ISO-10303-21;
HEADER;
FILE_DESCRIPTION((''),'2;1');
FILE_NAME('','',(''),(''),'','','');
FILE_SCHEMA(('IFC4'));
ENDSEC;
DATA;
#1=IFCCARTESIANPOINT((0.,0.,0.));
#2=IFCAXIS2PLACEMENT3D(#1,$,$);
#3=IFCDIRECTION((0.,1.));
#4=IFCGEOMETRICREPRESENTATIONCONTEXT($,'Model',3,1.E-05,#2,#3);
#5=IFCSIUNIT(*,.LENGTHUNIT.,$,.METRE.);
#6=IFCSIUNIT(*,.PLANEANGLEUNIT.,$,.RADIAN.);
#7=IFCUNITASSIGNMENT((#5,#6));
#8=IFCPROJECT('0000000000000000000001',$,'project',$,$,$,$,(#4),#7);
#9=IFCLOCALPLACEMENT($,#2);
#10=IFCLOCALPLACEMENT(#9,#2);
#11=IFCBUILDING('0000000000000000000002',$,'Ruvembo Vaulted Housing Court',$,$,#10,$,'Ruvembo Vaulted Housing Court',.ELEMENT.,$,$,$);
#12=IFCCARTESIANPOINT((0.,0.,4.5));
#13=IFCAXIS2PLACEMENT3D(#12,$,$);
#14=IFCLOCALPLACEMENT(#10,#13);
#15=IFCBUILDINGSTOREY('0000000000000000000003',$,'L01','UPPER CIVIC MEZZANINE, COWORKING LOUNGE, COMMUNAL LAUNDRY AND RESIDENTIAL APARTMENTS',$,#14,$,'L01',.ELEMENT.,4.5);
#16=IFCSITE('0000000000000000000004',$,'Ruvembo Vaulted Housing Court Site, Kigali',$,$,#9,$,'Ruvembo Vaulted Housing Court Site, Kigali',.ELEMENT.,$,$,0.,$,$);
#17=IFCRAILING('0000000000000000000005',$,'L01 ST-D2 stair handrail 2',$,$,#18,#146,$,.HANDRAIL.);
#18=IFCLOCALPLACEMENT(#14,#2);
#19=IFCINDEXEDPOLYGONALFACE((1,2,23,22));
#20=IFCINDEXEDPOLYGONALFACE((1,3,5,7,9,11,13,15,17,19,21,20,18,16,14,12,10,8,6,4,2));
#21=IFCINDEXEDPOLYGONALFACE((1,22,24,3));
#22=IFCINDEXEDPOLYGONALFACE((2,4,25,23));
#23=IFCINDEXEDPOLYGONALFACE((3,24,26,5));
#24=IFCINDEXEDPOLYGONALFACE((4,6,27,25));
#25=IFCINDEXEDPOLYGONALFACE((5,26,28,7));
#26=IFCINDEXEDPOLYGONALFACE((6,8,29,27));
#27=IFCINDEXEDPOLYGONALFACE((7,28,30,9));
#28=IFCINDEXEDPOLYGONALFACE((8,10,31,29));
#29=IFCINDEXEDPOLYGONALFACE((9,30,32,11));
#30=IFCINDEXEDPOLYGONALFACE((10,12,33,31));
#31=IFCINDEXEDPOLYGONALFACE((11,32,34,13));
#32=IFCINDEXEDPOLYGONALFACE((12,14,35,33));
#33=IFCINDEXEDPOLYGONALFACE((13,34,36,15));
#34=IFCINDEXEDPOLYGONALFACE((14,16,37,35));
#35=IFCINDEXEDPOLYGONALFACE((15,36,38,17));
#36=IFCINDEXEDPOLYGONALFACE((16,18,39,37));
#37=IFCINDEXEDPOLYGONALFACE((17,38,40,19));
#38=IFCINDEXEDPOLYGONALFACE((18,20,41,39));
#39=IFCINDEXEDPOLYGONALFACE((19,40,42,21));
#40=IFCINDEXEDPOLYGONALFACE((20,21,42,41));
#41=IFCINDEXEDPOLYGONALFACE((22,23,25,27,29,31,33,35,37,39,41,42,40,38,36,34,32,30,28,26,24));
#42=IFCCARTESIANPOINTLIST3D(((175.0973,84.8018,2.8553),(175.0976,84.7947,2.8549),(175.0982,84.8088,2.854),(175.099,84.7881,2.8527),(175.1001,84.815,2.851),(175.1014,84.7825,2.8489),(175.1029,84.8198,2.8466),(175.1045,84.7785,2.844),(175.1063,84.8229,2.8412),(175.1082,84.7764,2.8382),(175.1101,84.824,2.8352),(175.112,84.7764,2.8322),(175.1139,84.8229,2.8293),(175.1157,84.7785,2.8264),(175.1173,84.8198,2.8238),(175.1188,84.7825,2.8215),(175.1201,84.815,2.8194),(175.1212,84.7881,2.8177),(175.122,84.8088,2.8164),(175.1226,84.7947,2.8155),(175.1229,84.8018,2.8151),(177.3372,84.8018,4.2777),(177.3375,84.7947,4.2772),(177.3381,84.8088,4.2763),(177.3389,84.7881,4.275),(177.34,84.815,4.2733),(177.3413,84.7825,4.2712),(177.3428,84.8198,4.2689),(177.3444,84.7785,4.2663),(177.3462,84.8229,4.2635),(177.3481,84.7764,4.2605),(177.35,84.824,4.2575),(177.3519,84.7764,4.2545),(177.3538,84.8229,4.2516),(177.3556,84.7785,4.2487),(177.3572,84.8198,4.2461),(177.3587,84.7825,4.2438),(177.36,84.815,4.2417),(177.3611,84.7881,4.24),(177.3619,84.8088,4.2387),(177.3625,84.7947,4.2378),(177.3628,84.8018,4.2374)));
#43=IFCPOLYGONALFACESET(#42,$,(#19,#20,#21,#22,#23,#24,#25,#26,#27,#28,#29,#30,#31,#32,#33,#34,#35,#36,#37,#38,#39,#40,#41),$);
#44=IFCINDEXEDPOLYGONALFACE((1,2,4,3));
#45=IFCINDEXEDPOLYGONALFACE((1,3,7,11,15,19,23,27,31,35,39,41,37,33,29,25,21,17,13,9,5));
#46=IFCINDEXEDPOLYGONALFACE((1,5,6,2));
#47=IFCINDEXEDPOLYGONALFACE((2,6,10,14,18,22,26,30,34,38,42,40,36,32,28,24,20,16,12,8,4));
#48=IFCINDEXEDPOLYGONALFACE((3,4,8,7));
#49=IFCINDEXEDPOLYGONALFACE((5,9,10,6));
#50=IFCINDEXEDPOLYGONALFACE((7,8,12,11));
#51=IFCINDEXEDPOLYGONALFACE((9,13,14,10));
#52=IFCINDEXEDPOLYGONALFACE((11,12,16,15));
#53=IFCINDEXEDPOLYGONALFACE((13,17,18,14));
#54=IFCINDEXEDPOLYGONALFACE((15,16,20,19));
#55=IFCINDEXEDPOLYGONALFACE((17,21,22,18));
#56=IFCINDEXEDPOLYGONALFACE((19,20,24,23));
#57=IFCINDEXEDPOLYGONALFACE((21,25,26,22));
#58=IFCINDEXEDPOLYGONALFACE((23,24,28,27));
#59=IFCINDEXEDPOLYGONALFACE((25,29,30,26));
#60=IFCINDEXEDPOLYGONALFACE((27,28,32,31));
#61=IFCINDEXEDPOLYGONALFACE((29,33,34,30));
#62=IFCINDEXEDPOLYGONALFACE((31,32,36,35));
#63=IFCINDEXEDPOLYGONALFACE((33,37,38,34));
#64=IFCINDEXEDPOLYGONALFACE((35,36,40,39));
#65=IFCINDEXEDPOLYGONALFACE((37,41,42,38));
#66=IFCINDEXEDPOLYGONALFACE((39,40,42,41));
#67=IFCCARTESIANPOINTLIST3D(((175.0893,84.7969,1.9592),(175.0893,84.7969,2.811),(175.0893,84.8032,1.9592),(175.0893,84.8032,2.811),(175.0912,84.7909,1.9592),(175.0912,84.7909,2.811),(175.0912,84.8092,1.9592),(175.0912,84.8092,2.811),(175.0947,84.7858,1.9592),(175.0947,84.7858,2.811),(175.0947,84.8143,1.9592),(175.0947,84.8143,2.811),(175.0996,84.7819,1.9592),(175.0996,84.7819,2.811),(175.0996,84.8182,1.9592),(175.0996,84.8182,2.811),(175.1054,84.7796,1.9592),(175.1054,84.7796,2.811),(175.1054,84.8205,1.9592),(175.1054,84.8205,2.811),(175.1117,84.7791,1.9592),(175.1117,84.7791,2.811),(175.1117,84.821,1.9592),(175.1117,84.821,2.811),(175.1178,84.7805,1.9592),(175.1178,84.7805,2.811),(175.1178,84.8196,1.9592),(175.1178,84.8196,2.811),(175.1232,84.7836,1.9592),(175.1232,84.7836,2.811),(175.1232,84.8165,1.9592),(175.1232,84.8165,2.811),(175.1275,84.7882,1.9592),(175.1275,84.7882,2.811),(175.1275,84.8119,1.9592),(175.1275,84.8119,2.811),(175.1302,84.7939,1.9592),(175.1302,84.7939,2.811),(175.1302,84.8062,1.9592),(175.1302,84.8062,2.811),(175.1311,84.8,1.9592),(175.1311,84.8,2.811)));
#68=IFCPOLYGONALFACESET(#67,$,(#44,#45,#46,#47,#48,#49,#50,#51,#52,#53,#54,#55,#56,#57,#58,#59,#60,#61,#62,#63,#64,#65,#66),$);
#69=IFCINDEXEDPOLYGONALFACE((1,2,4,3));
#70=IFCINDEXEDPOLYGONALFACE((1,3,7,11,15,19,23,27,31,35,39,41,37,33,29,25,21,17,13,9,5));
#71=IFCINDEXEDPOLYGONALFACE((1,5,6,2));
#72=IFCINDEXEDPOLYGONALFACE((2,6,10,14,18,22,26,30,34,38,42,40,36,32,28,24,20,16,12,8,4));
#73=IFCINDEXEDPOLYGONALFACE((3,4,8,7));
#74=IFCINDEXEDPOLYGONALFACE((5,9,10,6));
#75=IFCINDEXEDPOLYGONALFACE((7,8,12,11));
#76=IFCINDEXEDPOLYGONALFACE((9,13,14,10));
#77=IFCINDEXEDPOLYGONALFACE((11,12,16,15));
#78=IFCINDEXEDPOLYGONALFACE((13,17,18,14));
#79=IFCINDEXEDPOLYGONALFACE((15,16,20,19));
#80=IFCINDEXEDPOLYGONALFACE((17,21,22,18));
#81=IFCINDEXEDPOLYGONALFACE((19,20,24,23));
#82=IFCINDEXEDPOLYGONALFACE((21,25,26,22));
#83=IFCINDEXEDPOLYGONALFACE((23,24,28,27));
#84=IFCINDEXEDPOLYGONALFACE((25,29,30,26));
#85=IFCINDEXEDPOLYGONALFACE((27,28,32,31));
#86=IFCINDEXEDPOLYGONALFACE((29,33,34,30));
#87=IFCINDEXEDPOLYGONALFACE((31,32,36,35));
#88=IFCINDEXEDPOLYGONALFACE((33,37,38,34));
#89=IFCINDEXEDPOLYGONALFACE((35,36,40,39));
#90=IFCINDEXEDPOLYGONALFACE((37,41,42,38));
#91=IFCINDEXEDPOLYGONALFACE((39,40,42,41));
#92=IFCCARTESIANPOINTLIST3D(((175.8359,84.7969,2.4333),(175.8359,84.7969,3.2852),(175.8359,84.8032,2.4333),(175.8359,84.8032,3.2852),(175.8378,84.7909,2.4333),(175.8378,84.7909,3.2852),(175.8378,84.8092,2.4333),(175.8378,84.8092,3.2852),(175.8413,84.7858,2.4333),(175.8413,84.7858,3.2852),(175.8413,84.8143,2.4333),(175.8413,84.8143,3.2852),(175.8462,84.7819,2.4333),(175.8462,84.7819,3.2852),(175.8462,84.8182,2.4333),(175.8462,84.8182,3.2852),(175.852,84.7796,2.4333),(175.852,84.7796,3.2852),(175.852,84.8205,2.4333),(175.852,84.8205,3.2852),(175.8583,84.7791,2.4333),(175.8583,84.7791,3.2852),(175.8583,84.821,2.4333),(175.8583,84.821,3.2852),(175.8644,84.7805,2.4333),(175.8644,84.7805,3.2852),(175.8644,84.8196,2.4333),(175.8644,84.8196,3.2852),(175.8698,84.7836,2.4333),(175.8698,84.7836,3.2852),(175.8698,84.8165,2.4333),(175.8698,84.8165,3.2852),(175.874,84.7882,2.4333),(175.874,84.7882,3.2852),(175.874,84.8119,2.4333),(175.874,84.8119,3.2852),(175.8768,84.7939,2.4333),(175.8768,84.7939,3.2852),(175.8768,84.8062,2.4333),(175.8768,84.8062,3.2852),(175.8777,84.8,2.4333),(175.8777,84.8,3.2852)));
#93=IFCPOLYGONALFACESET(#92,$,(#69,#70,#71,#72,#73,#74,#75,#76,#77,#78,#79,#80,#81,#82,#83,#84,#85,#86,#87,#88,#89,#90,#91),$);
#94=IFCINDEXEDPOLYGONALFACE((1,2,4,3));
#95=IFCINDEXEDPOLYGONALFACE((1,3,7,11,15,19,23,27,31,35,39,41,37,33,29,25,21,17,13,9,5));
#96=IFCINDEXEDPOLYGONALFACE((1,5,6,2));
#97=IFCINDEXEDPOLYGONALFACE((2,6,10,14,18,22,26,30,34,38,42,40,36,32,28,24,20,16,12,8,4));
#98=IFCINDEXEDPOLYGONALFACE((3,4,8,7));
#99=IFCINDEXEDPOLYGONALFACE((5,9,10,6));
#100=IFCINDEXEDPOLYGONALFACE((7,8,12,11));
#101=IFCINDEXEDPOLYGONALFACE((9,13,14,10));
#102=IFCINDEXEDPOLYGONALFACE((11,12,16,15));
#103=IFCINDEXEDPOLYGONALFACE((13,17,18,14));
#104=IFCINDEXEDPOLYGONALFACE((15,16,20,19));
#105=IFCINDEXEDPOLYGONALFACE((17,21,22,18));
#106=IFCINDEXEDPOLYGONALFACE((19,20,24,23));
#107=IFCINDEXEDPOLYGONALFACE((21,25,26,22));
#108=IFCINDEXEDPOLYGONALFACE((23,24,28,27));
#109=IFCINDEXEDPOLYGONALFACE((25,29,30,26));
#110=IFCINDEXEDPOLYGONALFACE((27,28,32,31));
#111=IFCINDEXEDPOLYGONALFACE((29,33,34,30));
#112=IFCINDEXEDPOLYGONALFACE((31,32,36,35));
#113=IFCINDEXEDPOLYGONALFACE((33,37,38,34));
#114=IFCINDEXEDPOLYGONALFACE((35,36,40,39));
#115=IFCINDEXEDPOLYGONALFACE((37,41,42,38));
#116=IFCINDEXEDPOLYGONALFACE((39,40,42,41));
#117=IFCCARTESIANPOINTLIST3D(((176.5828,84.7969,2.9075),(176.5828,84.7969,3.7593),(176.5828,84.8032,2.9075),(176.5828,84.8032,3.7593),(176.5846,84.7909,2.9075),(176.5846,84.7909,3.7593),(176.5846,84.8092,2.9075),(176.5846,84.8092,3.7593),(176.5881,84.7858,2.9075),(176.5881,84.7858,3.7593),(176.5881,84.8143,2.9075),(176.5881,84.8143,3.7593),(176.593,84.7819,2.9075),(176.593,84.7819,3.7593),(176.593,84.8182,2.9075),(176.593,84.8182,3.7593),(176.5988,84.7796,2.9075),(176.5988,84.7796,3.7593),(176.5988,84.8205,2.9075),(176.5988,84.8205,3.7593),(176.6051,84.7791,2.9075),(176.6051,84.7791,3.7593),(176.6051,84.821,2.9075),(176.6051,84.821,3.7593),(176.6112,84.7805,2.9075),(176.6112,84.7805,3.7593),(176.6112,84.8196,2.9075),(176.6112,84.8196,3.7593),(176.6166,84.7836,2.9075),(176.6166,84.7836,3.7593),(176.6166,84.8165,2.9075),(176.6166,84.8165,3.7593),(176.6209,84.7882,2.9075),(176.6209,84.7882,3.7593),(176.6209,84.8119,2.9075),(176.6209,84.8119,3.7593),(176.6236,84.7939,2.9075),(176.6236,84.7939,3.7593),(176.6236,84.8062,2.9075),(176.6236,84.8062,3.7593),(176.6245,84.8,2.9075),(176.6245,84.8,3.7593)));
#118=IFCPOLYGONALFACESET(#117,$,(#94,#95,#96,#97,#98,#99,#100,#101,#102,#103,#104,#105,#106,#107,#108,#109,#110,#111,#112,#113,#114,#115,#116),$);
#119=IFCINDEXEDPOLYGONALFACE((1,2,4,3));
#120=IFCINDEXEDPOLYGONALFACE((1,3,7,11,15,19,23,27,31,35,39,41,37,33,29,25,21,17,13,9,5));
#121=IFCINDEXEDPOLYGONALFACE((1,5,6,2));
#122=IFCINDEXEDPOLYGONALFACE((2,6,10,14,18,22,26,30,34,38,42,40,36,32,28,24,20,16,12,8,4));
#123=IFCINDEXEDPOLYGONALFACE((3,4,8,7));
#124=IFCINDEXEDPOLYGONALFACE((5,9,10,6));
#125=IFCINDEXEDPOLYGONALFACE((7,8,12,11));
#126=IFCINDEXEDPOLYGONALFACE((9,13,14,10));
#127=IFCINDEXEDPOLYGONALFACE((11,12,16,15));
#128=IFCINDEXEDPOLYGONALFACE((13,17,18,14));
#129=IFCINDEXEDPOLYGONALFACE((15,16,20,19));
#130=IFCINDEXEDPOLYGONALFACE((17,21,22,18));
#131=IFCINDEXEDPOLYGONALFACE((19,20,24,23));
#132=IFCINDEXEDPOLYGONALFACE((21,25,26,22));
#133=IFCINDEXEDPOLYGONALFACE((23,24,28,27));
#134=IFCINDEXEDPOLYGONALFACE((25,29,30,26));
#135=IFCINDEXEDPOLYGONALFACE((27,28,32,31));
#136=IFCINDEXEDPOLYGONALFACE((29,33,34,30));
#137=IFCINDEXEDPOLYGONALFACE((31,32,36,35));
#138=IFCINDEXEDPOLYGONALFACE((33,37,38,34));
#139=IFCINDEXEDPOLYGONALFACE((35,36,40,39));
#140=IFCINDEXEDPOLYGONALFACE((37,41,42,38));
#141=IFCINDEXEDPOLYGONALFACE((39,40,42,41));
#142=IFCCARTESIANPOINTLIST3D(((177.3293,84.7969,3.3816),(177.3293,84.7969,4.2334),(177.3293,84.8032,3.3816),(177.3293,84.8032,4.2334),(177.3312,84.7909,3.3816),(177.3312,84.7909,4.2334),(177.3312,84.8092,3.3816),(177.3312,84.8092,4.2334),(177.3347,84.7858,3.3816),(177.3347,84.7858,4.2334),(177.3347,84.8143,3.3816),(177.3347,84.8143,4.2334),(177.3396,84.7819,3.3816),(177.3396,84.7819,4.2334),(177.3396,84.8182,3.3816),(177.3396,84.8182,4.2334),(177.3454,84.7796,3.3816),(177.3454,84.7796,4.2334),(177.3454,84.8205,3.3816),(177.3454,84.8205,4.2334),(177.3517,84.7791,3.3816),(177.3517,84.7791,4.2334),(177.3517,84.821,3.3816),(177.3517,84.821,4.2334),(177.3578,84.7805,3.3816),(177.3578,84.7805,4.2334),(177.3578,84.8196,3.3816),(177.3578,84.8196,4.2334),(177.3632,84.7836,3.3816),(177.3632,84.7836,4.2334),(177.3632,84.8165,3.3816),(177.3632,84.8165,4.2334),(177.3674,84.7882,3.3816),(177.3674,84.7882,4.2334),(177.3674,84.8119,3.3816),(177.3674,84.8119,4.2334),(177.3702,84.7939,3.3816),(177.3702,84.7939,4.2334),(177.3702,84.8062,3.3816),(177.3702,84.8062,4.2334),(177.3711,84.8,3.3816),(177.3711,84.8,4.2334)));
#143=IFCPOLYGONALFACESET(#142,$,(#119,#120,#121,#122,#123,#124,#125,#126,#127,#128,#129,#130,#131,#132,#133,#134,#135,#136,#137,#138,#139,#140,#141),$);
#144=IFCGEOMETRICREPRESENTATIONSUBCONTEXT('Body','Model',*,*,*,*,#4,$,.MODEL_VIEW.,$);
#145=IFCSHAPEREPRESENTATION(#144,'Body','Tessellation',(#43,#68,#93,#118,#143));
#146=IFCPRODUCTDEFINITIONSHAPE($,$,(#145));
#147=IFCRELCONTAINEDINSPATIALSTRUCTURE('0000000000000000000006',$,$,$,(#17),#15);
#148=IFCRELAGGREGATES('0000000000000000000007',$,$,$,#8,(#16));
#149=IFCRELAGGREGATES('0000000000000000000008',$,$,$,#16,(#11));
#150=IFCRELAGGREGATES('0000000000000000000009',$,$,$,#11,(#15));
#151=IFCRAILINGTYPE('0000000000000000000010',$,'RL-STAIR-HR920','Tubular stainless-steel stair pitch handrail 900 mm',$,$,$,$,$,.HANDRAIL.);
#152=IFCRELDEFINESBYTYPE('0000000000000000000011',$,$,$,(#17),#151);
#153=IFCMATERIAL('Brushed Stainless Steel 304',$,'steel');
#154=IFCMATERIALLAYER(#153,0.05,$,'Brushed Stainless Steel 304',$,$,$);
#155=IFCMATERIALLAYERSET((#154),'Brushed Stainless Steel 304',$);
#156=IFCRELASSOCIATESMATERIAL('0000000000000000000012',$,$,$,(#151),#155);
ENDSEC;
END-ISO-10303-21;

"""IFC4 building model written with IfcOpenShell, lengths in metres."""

from ifc_helpers import new_model, si_unit, direction, frame, origin, origin_2d, place, context, subcontext, project, spatial, circle, extrude, material, layer, layer_set, type_object, element, save


model = new_model("IFC4")

# Units and contexts
model_context = context("Model", 3, precision=1e-05, world=origin(), true_north=direction((0.0, 1.0)))
body_context = subcontext(model_context, "Body", "Model", "MODEL_VIEW")
ifc_project = project(units=[si_unit("LENGTHUNIT", "METRE"), si_unit("PLANEANGLEUNIT", "RADIAN")], contexts=[model_context])

# Site, building, storey
site_placement = place(None, origin())
site = spatial("IfcSite", under=ifc_project, at=site_placement, Name="Ruvembo Vaulted Housing Court Site, Kigali", LongName="Ruvembo Vaulted Housing Court Site, Kigali", CompositionType="ELEMENT", RefElevation=0.0)
building_placement = place(site_placement, origin())
building = spatial("IfcBuilding", under=site, at=building_placement, Name="Ruvembo Vaulted Housing Court", LongName="Ruvembo Vaulted Housing Court", CompositionType="ELEMENT")
storey_placement = place(building_placement, frame((0.0, 0.0, 4.5)))
storey = spatial("IfcBuildingStorey", under=building, at=storey_placement, Name="L01", Description="UPPER CIVIC MEZZANINE, COWORKING LOUNGE, COMMUNAL LAUNDRY AND RESIDENTIAL APARTMENTS", LongName="L01", CompositionType="ELEMENT", Elevation=4.5)

# Railing
ifc_material_1 = material(Name="Brushed Stainless Steel 304", Category="steel")
ifc_layer_1 = layer(ifc_material_1, 0.05, Name="Brushed Stainless Steel 304")
ifc_layer_set_1 = layer_set([ifc_layer_1], Name="Brushed Stainless Steel 304")
railing_type_1 = type_object("IfcRailingType", Name="RL-STAIR-HR920", Description="Tubular stainless-steel stair pitch handrail 900 mm", PredefinedType="HANDRAIL", material=ifc_layer_set_1)
railing_1_placement = place(storey_placement, frame((175.1101, 84.8, 1.9592)))
element("IfcRailing", 1, at=railing_1_placement, inside=storey, type_object=railing_type_1, Name="L01 ST-D2 stair handrail 2", PredefinedType="HANDRAIL", context=body_context, shape_type="SweptSolid", body=[
    extrude(circle(Radius=0.0239, at=origin_2d()), frame((0.0, 0.0, 0.876), z_axis=(0.844188, 0.0, 0.536048), x_axis=(0.0, 1.0, 0.0)), (0.0, 0.0, 1.0), 2.6533),
    extrude(circle(Radius=0.021, at=origin_2d()), origin(), (0.0, 0.0, 1.0), 0.8518),
    extrude(circle(Radius=0.021, at=origin_2d()), frame((0.7466, 0.0, 0.4741)), (0.0, 0.0, 1.0), 0.8518),
    extrude(circle(Radius=0.021, at=origin_2d()), frame((1.4934, 0.0, 0.9482)), (0.0, 0.0, 1.0), 0.8518),
    extrude(circle(Radius=0.021, at=origin_2d()), frame((2.24, 0.0, 1.4224)), (0.0, 0.0, 1.0), 0.8518),
])

save(model, "model.ifc")
